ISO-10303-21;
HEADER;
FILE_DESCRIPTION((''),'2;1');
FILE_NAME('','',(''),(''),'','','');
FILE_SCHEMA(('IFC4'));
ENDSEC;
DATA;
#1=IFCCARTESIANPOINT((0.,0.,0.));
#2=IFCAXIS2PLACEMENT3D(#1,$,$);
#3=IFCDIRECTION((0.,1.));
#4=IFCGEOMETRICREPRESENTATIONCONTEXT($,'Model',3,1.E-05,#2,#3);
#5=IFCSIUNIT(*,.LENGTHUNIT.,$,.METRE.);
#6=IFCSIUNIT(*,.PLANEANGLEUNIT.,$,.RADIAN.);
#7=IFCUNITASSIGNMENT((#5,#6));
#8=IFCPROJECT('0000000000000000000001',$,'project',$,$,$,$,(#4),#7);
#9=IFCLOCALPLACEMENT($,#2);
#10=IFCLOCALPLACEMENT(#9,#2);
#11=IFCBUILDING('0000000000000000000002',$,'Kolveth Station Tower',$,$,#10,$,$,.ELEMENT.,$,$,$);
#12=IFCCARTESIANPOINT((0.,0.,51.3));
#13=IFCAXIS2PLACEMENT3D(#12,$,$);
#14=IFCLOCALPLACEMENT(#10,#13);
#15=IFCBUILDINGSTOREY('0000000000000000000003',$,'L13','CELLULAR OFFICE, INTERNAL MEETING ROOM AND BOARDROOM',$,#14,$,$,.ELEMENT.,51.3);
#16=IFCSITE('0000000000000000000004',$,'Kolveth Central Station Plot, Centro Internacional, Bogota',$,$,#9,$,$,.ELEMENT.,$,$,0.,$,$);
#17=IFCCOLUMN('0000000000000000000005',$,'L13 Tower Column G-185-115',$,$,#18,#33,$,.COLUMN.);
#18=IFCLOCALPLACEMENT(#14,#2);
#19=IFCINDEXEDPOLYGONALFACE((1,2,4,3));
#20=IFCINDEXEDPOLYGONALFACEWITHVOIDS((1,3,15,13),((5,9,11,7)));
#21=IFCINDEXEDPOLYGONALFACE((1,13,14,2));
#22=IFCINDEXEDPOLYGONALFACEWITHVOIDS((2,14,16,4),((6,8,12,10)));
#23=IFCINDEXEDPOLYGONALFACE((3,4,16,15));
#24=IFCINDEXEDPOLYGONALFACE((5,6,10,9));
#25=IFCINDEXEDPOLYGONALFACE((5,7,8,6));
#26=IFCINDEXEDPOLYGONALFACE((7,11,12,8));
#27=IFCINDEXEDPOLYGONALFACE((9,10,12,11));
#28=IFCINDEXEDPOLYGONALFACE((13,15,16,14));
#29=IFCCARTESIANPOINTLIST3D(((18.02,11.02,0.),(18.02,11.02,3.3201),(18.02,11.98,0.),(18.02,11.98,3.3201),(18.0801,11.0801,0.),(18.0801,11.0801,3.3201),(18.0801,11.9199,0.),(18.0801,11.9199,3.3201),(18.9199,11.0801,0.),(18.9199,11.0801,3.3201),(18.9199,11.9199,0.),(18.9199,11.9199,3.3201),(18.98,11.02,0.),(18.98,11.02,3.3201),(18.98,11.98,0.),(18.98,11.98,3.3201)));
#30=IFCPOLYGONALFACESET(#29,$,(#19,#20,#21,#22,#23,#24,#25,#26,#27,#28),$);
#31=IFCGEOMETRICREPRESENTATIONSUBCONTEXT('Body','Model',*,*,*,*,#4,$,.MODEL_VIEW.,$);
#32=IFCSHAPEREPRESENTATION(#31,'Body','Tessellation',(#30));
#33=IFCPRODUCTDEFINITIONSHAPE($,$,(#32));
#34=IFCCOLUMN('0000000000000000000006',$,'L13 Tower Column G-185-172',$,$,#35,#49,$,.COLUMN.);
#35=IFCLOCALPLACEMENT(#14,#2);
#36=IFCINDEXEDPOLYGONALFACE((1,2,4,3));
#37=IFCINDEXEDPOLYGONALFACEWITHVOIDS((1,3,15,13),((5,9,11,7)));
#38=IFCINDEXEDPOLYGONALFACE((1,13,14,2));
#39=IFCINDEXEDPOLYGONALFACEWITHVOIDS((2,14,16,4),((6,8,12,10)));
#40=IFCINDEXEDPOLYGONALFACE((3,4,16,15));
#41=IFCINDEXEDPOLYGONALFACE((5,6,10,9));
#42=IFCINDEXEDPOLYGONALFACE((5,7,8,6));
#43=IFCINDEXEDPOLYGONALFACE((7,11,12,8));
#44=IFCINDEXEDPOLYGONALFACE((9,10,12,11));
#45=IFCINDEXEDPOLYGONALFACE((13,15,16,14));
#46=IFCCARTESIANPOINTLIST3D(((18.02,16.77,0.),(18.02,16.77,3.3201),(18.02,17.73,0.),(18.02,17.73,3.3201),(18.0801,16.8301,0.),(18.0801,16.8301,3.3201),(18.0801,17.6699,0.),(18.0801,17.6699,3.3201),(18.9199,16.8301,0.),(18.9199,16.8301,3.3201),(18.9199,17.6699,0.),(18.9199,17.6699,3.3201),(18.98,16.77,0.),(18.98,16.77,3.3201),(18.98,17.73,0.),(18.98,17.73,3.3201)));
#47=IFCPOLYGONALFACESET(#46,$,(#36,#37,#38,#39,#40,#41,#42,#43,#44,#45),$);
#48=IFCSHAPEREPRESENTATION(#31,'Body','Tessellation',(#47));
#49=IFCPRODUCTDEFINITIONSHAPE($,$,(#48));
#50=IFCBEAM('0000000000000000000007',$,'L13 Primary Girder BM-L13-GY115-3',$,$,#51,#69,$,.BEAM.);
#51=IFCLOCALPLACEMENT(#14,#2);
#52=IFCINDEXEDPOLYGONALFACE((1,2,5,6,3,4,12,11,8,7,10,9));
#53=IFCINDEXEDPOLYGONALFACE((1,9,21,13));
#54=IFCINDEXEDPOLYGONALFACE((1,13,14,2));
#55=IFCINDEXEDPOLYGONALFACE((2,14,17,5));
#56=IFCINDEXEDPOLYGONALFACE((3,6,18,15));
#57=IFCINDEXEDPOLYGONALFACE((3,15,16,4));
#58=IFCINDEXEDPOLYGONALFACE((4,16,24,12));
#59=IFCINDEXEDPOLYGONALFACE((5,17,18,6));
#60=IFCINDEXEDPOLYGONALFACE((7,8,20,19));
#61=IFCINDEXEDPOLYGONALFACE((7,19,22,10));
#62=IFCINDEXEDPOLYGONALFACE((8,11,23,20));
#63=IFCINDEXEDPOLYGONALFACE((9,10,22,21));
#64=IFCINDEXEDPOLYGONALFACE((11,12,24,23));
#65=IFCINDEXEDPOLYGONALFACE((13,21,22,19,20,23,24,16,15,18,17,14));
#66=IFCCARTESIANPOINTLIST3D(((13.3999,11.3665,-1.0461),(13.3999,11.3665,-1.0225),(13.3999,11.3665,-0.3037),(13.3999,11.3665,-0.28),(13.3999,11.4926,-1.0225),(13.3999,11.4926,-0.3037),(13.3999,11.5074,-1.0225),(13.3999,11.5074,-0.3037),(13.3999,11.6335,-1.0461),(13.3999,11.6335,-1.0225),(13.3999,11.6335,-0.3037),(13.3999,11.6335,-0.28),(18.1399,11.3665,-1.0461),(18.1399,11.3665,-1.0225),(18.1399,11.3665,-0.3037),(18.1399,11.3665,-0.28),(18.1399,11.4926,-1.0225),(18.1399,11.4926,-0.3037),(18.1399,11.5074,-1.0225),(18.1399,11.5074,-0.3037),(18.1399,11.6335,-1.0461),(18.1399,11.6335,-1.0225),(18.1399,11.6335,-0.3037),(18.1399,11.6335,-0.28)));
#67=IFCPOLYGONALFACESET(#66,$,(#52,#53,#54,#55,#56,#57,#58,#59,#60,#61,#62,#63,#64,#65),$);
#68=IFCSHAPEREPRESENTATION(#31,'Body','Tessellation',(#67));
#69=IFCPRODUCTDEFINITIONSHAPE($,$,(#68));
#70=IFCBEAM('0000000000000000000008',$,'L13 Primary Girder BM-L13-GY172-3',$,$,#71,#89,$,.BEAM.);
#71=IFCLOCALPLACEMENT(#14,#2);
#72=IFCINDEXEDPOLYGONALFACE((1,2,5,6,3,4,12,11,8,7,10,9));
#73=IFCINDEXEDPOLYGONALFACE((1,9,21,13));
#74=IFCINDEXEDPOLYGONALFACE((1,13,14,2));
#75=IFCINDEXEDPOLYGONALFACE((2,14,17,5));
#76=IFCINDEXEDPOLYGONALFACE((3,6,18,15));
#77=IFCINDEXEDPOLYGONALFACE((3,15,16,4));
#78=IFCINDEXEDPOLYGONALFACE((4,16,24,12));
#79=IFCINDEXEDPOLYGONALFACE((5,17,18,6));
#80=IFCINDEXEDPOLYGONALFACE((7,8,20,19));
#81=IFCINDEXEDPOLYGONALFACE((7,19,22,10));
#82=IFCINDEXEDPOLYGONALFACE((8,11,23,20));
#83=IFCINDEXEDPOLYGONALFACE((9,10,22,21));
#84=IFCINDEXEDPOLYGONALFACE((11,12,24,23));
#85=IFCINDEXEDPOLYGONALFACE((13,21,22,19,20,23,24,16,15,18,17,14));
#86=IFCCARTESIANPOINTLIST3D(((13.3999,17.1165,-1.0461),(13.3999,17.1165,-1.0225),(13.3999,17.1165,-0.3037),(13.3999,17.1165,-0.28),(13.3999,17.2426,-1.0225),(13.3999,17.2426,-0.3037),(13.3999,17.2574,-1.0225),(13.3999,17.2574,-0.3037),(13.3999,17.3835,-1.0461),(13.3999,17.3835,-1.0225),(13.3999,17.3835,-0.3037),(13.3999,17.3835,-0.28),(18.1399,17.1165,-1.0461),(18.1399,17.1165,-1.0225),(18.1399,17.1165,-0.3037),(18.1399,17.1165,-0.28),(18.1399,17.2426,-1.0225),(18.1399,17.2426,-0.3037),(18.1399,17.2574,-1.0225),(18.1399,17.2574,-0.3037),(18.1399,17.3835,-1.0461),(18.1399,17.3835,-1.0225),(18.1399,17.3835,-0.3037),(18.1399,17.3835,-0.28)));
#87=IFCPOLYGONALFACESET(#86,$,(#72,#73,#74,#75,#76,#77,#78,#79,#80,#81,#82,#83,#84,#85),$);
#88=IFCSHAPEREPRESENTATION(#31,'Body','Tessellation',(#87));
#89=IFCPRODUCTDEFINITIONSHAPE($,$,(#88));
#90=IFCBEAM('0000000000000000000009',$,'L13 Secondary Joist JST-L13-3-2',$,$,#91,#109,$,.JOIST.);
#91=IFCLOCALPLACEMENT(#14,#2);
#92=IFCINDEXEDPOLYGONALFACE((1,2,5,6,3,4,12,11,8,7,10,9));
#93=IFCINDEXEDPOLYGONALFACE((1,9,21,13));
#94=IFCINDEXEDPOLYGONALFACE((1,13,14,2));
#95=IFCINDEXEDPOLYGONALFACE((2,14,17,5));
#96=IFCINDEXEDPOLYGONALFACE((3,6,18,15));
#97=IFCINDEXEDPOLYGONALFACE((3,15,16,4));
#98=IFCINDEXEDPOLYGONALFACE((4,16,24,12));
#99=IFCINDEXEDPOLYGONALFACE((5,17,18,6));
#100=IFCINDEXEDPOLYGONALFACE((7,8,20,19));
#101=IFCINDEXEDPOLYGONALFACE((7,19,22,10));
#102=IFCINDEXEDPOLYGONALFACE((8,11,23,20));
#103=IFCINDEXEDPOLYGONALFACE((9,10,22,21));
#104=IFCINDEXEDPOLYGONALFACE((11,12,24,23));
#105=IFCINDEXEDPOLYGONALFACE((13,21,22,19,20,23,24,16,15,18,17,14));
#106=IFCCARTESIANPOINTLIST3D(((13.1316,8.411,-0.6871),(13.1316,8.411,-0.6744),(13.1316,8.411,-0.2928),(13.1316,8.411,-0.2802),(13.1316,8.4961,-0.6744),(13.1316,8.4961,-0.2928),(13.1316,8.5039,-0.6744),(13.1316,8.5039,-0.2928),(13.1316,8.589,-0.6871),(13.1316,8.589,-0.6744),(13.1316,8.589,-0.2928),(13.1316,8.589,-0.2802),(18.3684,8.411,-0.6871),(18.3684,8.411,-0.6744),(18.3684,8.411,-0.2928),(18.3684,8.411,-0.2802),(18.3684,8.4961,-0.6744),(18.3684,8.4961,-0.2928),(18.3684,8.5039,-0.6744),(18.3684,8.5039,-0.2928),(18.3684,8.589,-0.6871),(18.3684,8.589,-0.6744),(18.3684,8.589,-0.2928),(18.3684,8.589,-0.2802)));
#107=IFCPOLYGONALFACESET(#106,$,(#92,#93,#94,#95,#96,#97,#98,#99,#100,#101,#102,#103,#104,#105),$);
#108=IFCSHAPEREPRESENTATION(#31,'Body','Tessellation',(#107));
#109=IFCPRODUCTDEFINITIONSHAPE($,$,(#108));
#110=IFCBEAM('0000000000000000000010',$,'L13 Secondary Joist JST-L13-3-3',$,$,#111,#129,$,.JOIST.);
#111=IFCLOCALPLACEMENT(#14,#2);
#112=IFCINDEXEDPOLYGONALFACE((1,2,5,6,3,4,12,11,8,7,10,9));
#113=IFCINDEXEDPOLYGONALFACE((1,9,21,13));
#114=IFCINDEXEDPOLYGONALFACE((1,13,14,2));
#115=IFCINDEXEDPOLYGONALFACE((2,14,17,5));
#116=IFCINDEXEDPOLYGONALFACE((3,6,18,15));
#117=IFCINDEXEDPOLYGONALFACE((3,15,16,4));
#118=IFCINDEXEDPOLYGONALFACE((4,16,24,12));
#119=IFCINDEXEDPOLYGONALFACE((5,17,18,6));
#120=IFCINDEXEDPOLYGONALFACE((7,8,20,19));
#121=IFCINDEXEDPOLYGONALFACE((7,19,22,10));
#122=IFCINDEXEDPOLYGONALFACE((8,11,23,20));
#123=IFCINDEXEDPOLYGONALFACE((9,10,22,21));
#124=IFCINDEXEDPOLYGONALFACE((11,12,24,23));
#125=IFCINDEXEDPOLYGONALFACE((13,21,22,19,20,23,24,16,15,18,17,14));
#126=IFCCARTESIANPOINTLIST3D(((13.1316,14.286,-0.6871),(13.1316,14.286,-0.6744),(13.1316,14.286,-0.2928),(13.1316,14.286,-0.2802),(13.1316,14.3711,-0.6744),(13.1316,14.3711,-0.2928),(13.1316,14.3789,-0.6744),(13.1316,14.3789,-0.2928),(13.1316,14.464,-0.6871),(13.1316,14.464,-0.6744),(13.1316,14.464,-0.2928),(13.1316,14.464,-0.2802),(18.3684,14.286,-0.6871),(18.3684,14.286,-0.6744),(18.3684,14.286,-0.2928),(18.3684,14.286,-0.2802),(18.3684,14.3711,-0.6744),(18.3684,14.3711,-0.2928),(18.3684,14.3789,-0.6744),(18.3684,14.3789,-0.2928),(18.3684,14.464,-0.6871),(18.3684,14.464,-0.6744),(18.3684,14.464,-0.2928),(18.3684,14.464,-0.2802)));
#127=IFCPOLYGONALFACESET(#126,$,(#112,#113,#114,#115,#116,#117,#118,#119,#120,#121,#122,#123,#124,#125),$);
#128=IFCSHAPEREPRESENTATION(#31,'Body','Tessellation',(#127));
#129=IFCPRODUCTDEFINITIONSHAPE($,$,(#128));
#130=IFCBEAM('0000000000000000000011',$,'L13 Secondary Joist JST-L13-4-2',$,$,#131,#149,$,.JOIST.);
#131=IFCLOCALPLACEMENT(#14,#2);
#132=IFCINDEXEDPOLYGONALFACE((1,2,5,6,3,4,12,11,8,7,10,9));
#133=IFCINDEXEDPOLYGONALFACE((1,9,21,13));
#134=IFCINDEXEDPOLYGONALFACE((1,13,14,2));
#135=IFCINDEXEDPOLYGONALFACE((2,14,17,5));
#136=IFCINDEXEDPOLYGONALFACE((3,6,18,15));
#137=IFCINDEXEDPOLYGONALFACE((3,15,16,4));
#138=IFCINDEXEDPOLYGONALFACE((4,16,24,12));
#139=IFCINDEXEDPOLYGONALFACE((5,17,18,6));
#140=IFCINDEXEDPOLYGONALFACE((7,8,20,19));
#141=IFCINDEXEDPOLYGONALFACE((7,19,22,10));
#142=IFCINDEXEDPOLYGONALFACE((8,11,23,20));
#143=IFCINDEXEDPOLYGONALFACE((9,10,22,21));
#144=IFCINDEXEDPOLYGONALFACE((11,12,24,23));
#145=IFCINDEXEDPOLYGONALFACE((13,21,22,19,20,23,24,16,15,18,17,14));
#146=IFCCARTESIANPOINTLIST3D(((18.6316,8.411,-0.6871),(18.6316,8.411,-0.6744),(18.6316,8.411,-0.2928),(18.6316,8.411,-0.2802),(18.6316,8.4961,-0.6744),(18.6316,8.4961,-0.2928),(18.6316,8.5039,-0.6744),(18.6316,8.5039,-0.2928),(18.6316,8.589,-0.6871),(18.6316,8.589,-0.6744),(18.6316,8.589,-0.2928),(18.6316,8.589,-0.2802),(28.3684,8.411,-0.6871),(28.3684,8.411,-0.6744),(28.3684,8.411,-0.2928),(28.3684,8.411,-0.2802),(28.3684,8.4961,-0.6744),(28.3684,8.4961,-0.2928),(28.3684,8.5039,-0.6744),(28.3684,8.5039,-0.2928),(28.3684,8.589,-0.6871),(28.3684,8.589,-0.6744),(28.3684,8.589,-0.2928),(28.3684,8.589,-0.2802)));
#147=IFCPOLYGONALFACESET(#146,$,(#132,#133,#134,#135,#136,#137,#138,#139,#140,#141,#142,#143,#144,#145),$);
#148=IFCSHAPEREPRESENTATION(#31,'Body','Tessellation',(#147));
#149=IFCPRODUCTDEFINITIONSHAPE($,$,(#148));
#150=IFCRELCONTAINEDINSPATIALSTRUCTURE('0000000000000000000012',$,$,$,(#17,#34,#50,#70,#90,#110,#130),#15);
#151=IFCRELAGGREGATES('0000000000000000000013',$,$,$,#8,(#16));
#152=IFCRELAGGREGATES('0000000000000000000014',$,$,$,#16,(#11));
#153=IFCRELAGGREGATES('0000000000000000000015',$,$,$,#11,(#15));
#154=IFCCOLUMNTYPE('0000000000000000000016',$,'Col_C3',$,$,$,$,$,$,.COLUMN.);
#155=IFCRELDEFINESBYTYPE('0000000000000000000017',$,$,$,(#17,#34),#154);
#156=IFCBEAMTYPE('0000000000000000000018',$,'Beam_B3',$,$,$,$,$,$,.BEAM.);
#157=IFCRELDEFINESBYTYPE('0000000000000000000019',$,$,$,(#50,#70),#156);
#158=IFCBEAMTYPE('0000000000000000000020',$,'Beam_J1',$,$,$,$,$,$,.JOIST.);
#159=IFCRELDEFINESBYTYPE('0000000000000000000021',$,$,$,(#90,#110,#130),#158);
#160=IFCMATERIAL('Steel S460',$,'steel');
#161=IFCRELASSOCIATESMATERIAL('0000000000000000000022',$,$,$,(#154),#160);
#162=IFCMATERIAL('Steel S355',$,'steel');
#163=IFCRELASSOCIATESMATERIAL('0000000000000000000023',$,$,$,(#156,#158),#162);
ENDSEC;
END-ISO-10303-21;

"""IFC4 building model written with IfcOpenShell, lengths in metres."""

from ifc_helpers import new_model, si_unit, direction, frame, origin, origin_2d, place, context, subcontext, project, spatial, hollow_rectangle, i_section, extrude, source, transform, mapped, material, material_profile, profile_set, type_object, element, save


model = new_model("IFC4")

# Units and contexts
model_context = context("Model", 3, precision=1e-05, world=origin(), true_north=direction((0.0, 1.0)))
body_context = subcontext(model_context, "Body", "Model", "MODEL_VIEW")
ifc_project = project(units=[si_unit("LENGTHUNIT", "METRE"), si_unit("PLANEANGLEUNIT", "RADIAN")], contexts=[model_context])

# Site, building, storey
site_placement = place(None, origin())
site = spatial("IfcSite", under=ifc_project, at=site_placement, Name="Kolveth Central Station Plot, Centro Internacional, Bogota", CompositionType="ELEMENT", RefElevation=0.0)
building_placement = place(site_placement, origin())
building = spatial("IfcBuilding", under=site, at=building_placement, Name="Kolveth Station Tower", CompositionType="ELEMENT")
storey_placement = place(building_placement, frame((0.0, 0.0, 51.3)))
storey = spatial("IfcBuildingStorey", under=building, at=storey_placement, Name="L13", Description="CELLULAR OFFICE, INTERNAL MEETING ROOM AND BOARDROOM", CompositionType="ELEMENT", Elevation=51.3)

# Columns
ifc_material_1 = material(Name="Steel S460", Category="steel")
ifc_material_profile_1 = material_profile(ifc_material_1, hollow_rectangle(XDim=0.96, YDim=0.96, WallThickness=0.0601, at=origin_2d()), Name="BOX960x960x60")
ifc_profile_set_1 = profile_set([ifc_material_profile_1], Name="Steel S460")
column_type = type_object("IfcColumnType", Name="Col_C3", PredefinedType="COLUMN", material=ifc_profile_set_1)
shared_shape_1 = source(origin(), body_context, "Body", "SweptSolid", [
    extrude(hollow_rectangle(XDim=0.96, YDim=0.96, WallThickness=0.0601, at=origin_2d()), origin(), (0.0, 0.0, 1.0), 3.3201),
])
for number, where, z_axis, x_axis, name in (
    (1, (18.5, 11.5, 0.0), (0.0, 0.0, 1.0), (1.0, 0.0, 0.0), "L13 Tower Column G-185-115"),
    (2, (18.5, 17.25, 0.0), (0.0, 0.0, 1.0), (1.0, 0.0, 0.0), "L13 Tower Column G-185-172"),
):
    element("IfcColumn", number, at=place(storey_placement, frame(where, z_axis=z_axis, x_axis=x_axis)), inside=storey, type_object=column_type, Name=name, PredefinedType="COLUMN", context=body_context, shape_type="MappedRepresentation", body=[
        mapped(shared_shape_1, transform((0.0, 0.0, 0.0), x_axis=(1.0, 0.0, 0.0), y_axis=(0.0, 1.0, 0.0), z_axis=(0.0, 0.0, 1.0), scale=1.0)),
    ])

# Beams
ifc_material_2 = material(Name="Steel S355", Category="steel")
ifc_material_profile_2 = material_profile(ifc_material_2, i_section(OverallWidth=0.2671, OverallDepth=0.7661, WebThickness=0.0149, FlangeThickness=0.0237, at=origin_2d()), Name="W760x185")
ifc_profile_set_2 = profile_set([ifc_material_profile_2], Name="Steel S355")
beam_type_1 = type_object("IfcBeamType", Name="Beam_B3", PredefinedType="BEAM", material=ifc_profile_set_2)
shared_shape_2 = source(origin(), body_context, "Body", "SweptSolid", [
    extrude(i_section(OverallWidth=0.2671, OverallDepth=0.7661, WebThickness=0.0149, FlangeThickness=0.0237, at=origin_2d()), origin(), (0.0, 0.0, 1.0), 4.74),
])
for number, where, z_axis, x_axis, name in (
    (3, (13.3999, 11.5, -0.6631), (1.0, 0.0, 0.0), (0.0, 1.0, 0.0), "L13 Primary Girder BM-L13-GY115-3"),
    (4, (13.3999, 17.25, -0.6631), (1.0, 0.0, 0.0), (0.0, 1.0, 0.0), "L13 Primary Girder BM-L13-GY172-3"),
):
    element("IfcBeam", number, at=place(storey_placement, frame(where, z_axis=z_axis, x_axis=x_axis)), inside=storey, type_object=beam_type_1, Name=name, PredefinedType="BEAM", context=body_context, shape_type="MappedRepresentation", body=[
        mapped(shared_shape_2, transform((0.0, 0.0, 0.0), x_axis=(1.0, 0.0, 0.0), y_axis=(0.0, 1.0, 0.0), z_axis=(0.0, 0.0, 1.0), scale=1.0)),
    ])
ifc_material_profile_3 = material_profile(ifc_material_2, i_section(OverallWidth=0.178, OverallDepth=0.407, WebThickness=0.0078, FlangeThickness=0.0127, at=origin_2d()), Name="W410x60")
ifc_profile_set_3 = profile_set([ifc_material_profile_3], Name="Steel S355")
beam_type_2 = type_object("IfcBeamType", Name="Beam_J1", PredefinedType="JOIST", material=ifc_profile_set_3)
shared_shape_3 = source(origin(), body_context, "Body", "SweptSolid", [
    extrude(i_section(OverallWidth=0.178, OverallDepth=0.407, WebThickness=0.0078, FlangeThickness=0.0127, at=origin_2d()), origin(), (0.0, 0.0, 1.0), 5.2368),
])
for number, where, z_axis, x_axis, name in (
    (5, (13.1316, 8.5, -0.4836), (1.0, 0.0, 0.0), (0.0, 1.0, 0.0), "L13 Secondary Joist JST-L13-3-2"),
    (6, (13.1316, 14.375, -0.4836), (1.0, 0.0, 0.0), (0.0, 1.0, 0.0), "L13 Secondary Joist JST-L13-3-3"),
):
    element("IfcBeam", number, at=place(storey_placement, frame(where, z_axis=z_axis, x_axis=x_axis)), inside=storey, type_object=beam_type_2, Name=name, PredefinedType="JOIST", context=body_context, shape_type="MappedRepresentation", body=[
        mapped(shared_shape_3, transform((0.0, 0.0, 0.0), x_axis=(1.0, 0.0, 0.0), y_axis=(0.0, 1.0, 0.0), z_axis=(0.0, 0.0, 1.0), scale=1.0)),
    ])
shared_shape_4 = source(origin(), body_context, "Body", "SweptSolid", [
    extrude(i_section(OverallWidth=0.178, OverallDepth=0.407, WebThickness=0.0078, FlangeThickness=0.0127, at=origin_2d()), origin(), (0.0, 0.0, 1.0), 9.7368),
])
beam_placement = place(storey_placement, frame((18.6316, 8.5, -0.4836), z_axis=(1.0, 0.0, 0.0), x_axis=(0.0, 1.0, 0.0)))
element("IfcBeam", 7, at=beam_placement, inside=storey, type_object=beam_type_2, Name="L13 Secondary Joist JST-L13-4-2", PredefinedType="JOIST", context=body_context, shape_type="MappedRepresentation", body=[
    mapped(shared_shape_4, transform((0.0, 0.0, 0.0), x_axis=(1.0, 0.0, 0.0), y_axis=(0.0, 1.0, 0.0), z_axis=(0.0, 0.0, 1.0), scale=1.0)),
])

save(model, "model.ifc")
